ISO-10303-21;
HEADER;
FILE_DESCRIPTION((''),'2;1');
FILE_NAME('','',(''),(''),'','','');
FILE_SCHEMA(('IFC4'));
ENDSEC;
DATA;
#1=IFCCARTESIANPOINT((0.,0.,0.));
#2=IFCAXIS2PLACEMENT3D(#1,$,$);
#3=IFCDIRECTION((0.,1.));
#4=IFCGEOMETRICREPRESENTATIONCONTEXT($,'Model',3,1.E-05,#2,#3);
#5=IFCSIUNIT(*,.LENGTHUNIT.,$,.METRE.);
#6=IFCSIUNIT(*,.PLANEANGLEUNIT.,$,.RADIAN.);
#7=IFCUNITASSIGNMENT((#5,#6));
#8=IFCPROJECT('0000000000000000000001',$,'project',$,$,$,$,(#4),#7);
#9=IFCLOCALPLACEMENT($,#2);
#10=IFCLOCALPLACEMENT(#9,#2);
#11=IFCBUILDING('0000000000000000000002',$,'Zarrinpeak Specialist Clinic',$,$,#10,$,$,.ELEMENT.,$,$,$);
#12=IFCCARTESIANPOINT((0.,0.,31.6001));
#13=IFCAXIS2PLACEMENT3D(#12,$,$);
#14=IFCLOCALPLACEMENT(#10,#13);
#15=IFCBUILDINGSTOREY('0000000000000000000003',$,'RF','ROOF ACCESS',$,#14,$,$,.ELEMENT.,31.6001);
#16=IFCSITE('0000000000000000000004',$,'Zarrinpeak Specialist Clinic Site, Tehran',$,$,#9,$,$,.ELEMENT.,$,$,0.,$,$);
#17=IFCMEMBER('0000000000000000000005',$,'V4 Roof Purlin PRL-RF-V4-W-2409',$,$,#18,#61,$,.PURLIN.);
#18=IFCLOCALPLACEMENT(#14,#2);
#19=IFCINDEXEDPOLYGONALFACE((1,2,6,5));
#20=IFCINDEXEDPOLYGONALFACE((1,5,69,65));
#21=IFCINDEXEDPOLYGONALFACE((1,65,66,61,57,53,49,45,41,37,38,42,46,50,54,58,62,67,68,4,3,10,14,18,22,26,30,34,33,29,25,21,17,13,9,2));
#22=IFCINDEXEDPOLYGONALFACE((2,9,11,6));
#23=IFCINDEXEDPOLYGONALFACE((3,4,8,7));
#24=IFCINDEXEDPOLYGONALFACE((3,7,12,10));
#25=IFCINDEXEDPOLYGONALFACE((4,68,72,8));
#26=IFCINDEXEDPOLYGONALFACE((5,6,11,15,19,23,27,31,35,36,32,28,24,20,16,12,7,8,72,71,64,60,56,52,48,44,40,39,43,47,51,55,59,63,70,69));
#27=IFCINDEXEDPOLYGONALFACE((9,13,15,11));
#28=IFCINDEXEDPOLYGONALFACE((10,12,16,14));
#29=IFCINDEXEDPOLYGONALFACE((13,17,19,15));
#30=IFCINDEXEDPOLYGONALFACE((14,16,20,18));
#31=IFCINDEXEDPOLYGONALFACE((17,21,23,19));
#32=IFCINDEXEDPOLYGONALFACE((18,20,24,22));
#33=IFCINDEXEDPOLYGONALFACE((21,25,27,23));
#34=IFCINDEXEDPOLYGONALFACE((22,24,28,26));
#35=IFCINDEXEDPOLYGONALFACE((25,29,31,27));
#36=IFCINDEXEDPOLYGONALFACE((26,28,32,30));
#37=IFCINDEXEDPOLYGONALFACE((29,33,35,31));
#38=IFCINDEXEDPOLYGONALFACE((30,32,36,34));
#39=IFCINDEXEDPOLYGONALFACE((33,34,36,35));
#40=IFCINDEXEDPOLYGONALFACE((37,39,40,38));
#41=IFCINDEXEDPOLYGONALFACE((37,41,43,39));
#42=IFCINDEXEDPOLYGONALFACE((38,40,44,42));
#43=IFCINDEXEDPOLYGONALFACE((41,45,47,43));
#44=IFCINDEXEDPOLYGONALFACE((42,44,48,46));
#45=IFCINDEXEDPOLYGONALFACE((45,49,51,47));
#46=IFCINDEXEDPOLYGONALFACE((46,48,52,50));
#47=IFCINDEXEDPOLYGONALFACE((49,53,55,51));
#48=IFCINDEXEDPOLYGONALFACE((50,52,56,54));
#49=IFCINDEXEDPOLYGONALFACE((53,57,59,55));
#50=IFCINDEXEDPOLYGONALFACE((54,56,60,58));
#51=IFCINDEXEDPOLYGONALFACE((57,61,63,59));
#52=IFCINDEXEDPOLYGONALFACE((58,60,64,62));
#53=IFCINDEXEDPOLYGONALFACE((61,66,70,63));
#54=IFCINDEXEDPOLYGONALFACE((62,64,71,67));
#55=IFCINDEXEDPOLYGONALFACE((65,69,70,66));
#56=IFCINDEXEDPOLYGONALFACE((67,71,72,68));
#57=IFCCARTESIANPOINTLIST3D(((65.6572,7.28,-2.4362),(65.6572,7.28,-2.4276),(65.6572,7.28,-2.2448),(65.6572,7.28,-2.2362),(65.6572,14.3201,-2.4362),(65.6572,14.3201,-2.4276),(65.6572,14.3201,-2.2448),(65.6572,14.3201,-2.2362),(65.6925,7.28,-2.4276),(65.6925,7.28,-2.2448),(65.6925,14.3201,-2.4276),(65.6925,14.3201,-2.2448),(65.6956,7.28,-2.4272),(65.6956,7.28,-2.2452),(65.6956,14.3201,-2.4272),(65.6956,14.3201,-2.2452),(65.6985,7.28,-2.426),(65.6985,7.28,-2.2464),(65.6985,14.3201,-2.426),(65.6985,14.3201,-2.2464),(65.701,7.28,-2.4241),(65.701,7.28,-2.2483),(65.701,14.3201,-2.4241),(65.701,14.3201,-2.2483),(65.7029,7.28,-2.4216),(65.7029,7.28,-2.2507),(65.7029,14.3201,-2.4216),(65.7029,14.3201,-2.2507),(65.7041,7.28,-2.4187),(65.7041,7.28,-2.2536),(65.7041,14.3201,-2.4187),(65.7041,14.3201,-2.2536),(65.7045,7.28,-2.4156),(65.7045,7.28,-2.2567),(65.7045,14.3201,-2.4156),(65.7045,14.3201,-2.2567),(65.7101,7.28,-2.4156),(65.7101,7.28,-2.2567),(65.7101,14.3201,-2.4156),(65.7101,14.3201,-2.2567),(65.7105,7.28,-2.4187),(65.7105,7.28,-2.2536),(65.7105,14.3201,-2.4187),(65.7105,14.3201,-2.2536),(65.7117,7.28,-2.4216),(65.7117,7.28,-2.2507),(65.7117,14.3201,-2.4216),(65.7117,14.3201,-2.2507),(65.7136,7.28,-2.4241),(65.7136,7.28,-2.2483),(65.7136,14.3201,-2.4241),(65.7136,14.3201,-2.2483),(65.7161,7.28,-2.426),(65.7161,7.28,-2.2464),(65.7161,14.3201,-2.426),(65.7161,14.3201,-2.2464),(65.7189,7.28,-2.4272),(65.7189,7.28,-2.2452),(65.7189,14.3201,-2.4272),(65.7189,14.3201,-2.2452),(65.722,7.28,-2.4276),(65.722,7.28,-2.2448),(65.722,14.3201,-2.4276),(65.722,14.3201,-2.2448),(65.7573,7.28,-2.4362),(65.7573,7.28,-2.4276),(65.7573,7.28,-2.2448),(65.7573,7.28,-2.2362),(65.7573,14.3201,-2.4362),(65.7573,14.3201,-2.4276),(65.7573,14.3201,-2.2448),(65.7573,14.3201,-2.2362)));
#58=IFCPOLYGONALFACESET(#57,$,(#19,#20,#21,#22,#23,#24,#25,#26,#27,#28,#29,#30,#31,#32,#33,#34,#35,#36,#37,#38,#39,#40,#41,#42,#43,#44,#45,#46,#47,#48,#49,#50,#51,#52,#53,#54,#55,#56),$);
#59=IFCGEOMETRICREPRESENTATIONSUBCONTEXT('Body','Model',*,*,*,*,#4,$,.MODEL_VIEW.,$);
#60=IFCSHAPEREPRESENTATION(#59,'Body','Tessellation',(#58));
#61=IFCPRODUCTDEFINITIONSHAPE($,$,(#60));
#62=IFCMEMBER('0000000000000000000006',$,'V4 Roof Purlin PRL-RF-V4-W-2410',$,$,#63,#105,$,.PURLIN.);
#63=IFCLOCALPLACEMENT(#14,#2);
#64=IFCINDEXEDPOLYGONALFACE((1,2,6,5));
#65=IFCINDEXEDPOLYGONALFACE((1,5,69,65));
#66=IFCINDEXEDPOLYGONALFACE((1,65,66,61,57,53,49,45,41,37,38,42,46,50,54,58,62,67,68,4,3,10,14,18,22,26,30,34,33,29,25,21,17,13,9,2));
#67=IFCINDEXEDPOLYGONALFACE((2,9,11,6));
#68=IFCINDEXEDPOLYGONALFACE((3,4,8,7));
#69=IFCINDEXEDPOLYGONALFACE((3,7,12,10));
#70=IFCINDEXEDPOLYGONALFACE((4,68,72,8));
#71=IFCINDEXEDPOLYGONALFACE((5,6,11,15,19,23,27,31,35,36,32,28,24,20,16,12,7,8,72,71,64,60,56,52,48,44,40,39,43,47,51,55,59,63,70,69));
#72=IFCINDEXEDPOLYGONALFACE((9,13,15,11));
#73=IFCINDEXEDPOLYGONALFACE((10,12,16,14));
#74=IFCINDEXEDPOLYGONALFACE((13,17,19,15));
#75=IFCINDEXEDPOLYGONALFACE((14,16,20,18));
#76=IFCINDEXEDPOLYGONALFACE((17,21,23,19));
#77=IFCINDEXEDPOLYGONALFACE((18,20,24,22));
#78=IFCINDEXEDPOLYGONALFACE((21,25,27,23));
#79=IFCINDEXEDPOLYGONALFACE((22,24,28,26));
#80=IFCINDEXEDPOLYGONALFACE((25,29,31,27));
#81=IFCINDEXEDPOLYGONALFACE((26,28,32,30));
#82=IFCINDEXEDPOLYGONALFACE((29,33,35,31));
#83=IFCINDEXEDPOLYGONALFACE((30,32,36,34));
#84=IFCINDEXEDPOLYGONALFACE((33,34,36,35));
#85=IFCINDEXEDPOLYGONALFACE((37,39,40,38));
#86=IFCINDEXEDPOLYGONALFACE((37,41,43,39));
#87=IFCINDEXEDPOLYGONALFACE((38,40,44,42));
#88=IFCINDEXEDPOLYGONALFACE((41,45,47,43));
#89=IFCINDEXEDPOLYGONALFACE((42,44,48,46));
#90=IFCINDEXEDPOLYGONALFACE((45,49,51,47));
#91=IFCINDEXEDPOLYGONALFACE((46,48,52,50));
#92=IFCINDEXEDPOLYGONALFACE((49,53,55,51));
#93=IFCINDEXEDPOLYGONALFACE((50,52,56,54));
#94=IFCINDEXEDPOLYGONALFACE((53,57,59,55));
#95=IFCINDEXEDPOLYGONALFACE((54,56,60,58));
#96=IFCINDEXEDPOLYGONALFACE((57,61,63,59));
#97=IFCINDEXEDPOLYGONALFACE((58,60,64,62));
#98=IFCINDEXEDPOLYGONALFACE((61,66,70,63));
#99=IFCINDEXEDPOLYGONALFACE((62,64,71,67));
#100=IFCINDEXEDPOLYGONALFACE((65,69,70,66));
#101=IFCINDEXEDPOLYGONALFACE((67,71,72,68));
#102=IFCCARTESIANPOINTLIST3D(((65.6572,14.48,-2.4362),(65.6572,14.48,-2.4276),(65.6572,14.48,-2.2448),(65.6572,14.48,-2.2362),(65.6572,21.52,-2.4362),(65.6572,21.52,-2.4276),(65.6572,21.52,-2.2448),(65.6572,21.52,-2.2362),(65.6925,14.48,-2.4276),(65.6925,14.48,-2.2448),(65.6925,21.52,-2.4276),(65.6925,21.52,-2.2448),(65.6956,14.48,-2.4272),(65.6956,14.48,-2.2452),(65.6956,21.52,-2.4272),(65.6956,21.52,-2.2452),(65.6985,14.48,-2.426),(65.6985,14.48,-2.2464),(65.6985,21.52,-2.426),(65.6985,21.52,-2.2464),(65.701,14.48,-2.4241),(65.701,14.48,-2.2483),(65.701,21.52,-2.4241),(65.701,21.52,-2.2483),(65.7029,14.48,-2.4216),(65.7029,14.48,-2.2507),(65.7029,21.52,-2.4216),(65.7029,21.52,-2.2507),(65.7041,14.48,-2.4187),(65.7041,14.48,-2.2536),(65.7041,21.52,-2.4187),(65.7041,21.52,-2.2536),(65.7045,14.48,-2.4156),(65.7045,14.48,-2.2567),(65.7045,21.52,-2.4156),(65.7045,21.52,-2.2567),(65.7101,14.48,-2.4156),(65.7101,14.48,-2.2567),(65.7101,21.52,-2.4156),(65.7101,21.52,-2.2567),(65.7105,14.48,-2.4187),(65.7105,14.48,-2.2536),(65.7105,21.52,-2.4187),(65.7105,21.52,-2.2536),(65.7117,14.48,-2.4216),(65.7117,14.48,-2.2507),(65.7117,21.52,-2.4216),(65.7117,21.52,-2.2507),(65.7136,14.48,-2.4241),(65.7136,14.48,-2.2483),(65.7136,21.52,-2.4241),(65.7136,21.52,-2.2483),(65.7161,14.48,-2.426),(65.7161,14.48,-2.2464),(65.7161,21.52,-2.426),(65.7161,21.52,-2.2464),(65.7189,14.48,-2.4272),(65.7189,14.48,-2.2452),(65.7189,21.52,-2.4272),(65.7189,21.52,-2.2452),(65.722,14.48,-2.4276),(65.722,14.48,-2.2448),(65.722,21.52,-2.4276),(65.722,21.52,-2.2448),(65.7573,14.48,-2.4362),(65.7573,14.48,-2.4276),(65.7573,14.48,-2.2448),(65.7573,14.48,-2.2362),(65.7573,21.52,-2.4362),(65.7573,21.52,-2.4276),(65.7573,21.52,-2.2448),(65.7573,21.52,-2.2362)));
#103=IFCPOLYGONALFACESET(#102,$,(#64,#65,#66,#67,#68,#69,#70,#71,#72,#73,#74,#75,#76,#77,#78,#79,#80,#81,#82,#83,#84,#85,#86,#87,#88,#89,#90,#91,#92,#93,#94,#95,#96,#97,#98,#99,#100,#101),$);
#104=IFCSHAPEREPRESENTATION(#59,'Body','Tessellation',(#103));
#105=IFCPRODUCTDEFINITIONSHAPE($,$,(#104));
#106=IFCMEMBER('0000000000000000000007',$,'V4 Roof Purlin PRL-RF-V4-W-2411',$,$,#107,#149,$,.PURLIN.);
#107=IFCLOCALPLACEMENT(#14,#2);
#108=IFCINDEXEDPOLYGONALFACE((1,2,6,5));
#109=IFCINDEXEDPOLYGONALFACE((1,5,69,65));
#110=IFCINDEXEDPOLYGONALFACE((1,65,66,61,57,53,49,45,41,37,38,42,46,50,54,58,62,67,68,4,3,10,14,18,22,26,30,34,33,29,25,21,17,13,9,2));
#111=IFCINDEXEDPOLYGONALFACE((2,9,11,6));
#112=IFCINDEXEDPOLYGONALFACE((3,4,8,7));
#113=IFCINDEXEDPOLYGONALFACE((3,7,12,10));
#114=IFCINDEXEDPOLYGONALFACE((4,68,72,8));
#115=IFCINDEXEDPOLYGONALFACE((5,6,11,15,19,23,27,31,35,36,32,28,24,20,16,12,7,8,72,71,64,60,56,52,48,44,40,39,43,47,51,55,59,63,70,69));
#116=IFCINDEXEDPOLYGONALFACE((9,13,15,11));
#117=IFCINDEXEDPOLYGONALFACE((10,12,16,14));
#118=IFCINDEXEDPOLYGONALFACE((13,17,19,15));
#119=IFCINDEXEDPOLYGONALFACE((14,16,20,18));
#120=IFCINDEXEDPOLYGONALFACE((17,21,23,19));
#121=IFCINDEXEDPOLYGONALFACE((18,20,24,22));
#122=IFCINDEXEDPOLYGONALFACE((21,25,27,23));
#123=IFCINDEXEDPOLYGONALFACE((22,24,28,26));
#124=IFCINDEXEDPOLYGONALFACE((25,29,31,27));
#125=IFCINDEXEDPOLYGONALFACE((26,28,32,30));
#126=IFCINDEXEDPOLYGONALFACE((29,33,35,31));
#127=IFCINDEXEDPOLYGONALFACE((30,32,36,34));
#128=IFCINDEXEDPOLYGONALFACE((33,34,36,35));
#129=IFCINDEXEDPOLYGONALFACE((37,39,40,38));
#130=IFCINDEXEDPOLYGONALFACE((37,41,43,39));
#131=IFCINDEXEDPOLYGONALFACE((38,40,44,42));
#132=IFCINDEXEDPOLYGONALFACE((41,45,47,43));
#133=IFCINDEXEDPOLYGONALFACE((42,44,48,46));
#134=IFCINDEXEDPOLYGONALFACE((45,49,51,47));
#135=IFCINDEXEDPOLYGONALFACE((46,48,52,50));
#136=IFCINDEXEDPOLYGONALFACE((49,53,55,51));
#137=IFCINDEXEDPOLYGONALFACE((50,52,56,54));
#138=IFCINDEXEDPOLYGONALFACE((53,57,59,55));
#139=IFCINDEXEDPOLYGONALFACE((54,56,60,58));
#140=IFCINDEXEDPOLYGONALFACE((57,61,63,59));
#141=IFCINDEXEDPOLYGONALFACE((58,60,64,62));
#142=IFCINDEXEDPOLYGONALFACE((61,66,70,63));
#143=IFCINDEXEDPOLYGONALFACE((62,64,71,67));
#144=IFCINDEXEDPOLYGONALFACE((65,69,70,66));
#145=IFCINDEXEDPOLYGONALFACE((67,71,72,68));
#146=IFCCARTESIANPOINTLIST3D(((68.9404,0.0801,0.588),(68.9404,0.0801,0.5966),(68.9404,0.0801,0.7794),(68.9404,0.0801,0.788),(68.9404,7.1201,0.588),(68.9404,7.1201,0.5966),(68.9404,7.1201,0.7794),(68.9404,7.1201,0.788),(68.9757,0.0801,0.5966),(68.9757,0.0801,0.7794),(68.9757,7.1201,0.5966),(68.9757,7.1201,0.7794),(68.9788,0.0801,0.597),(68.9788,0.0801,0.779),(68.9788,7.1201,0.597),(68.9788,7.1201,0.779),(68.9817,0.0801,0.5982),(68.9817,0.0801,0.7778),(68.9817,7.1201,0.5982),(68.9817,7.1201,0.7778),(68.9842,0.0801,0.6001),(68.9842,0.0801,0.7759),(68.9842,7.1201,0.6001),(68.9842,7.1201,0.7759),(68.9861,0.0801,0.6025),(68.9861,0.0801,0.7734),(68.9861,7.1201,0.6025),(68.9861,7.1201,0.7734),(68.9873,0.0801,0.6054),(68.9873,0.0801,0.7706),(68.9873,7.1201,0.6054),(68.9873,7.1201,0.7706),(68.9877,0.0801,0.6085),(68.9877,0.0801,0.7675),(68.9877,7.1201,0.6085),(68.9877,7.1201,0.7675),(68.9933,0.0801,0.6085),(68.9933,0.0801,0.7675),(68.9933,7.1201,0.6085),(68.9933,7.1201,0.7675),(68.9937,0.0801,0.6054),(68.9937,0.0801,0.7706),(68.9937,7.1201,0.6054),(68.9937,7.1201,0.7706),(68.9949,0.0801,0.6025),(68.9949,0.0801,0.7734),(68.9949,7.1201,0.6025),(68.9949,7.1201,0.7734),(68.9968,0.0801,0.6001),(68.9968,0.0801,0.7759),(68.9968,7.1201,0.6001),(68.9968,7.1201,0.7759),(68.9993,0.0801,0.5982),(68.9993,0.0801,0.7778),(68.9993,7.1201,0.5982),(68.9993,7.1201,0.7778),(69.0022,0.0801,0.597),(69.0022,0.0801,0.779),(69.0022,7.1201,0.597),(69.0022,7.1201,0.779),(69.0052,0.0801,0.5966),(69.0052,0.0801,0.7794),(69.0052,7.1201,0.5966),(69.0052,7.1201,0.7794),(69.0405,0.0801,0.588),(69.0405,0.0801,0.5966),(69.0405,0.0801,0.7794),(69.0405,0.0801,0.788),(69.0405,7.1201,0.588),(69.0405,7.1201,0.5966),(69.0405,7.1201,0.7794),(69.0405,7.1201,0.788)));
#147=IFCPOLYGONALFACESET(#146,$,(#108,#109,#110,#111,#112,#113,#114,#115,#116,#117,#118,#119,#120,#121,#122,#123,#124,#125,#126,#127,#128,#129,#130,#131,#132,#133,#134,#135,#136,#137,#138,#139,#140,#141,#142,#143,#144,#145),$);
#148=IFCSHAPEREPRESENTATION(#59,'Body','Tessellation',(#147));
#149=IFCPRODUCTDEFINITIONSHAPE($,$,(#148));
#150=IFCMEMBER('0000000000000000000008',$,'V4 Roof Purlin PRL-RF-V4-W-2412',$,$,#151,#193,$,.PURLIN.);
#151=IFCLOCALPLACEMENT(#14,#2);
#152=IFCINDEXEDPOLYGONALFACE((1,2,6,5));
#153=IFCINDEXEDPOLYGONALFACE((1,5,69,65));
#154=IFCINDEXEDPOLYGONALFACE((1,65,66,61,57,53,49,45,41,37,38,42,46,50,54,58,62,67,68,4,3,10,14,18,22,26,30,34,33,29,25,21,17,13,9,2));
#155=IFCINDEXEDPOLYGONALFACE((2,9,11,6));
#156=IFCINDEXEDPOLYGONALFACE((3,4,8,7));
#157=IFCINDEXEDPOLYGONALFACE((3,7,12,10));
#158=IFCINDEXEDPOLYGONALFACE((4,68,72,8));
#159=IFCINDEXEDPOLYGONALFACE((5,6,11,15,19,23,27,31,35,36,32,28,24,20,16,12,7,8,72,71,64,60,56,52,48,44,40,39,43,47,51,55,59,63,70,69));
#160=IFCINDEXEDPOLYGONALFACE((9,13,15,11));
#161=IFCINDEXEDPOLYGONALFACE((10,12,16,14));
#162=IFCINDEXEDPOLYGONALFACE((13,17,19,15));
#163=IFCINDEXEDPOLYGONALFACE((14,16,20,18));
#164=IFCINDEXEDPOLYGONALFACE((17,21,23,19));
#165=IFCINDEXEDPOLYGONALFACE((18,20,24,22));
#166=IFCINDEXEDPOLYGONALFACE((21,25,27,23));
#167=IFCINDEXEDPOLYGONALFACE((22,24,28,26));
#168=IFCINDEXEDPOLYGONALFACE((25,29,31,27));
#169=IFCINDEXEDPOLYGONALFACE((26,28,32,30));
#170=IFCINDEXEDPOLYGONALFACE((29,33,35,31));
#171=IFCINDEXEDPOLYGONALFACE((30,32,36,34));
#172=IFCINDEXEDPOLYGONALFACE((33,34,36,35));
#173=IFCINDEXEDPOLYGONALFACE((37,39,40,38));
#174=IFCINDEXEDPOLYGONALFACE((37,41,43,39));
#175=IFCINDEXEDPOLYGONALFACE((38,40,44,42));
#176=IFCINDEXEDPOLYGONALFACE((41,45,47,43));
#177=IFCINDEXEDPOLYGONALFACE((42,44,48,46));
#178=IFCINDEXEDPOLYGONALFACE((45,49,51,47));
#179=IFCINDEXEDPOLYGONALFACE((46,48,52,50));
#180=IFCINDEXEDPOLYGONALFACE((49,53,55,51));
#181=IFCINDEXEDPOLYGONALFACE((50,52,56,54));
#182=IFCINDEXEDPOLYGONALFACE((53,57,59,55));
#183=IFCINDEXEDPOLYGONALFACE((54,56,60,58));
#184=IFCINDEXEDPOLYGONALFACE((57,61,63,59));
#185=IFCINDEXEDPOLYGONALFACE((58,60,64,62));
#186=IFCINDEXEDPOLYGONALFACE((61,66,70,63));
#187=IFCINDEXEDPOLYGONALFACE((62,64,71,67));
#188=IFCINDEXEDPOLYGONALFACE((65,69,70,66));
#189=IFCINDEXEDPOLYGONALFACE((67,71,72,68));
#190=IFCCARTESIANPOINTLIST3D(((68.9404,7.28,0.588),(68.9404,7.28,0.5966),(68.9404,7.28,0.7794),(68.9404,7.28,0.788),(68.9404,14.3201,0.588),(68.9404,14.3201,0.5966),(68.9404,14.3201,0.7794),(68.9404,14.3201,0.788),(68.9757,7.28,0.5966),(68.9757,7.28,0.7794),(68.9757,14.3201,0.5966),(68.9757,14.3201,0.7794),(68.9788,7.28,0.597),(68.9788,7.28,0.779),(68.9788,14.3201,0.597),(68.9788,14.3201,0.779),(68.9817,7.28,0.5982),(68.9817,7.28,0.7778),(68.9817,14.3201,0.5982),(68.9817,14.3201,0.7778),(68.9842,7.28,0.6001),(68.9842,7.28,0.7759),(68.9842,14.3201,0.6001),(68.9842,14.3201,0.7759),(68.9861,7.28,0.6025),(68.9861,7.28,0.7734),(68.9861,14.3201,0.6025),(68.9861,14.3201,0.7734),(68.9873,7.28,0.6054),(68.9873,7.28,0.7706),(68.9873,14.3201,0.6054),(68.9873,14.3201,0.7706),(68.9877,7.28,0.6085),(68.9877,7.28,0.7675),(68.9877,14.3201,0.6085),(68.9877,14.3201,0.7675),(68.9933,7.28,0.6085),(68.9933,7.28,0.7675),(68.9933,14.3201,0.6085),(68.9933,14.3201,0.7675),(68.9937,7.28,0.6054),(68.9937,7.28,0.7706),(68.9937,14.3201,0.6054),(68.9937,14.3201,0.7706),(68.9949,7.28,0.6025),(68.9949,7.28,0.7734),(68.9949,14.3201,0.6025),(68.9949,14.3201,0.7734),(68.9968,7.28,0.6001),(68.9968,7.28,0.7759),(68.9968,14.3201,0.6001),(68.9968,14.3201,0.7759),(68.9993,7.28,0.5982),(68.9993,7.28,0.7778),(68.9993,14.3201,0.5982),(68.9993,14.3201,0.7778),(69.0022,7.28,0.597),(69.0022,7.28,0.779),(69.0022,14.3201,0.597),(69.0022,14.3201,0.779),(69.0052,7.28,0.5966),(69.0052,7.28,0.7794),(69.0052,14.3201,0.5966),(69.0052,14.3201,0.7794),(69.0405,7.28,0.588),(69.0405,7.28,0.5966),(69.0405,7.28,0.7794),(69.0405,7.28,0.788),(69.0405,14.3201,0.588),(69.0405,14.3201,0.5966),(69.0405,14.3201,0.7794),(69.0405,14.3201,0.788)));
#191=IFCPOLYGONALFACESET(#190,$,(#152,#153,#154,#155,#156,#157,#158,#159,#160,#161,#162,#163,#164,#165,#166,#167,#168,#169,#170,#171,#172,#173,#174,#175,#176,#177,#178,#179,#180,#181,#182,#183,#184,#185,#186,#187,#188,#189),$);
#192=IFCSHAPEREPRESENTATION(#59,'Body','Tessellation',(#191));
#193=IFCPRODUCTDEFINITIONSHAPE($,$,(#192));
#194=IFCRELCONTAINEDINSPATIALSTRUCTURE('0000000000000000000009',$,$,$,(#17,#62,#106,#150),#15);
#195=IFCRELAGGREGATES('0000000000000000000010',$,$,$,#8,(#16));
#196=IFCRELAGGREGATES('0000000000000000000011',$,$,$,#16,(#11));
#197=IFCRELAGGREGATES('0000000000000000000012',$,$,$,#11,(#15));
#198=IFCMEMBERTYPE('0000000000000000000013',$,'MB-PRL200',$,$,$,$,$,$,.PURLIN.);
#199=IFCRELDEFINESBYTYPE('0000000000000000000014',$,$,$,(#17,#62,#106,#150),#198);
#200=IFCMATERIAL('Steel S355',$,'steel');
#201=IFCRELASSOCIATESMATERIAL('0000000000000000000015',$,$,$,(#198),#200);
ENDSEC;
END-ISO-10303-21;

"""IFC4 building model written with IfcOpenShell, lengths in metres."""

from ifc_helpers import new_model, si_unit, direction, frame, origin, origin_2d, place, context, subcontext, project, spatial, i_section, extrude, material, material_profile, profile_set, type_object, element, save


model = new_model("IFC4")

# Units and contexts
model_context = context("Model", 3, precision=1e-05, world=origin(), true_north=direction((0.0, 1.0)))
body_context = subcontext(model_context, "Body", "Model", "MODEL_VIEW")
ifc_project = project(units=[si_unit("LENGTHUNIT", "METRE"), si_unit("PLANEANGLEUNIT", "RADIAN")], contexts=[model_context])

# Site, building, storey
site_placement = place(None, origin())
site = spatial("IfcSite", under=ifc_project, at=site_placement, Name="Zarrinpeak Specialist Clinic Site, Tehran", CompositionType="ELEMENT", RefElevation=0.0)
building_placement = place(site_placement, origin())
building = spatial("IfcBuilding", under=site, at=building_placement, Name="Zarrinpeak Specialist Clinic", CompositionType="ELEMENT")
storey_placement = place(building_placement, frame((0.0, 0.0, 31.6001)))
storey = spatial("IfcBuildingStorey", under=building, at=storey_placement, Name="RF", Description="ROOF ACCESS", CompositionType="ELEMENT", Elevation=31.6001)

# Shared definitions
ifc_material_1 = material(Name="Steel S355", Category="steel")

# Members
ifc_material_profile_1 = material_profile(ifc_material_1, i_section(OverallWidth=0.1001, OverallDepth=0.2, WebThickness=0.0056, FlangeThickness=0.0085, FilletRadius=0.012, at=origin_2d()), Name="IPE 200")
ifc_profile_set_1 = profile_set([ifc_material_profile_1], Name="Steel S355")
member_type_1 = type_object("IfcMemberType", Name="MB-PRL200", PredefinedType="PURLIN", material=ifc_profile_set_1)
for number, where, z_axis, x_axis, name in (
    (1, (65.7073, 7.28, -2.3362), (0.0, 1.0, 0.0), (-1.0, 0.0, 0.0), "V4 Roof Purlin PRL-RF-V4-W-2409"),
    (2, (65.7073, 14.48, -2.3362), (0.0, 1.0, 0.0), (-1.0, 0.0, 0.0), "V4 Roof Purlin PRL-RF-V4-W-2410"),
    (3, (68.9905, 0.0801, 0.688), (0.0, 1.0, 0.0), (-1.0, 0.0, 0.0), "V4 Roof Purlin PRL-RF-V4-W-2411"),
    (4, (68.9905, 7.28, 0.688), (0.0, 1.0, 0.0), (-1.0, 0.0, 0.0), "V4 Roof Purlin PRL-RF-V4-W-2412"),
):
    element("IfcMember", number, at=place(storey_placement, frame(where, z_axis=z_axis, x_axis=x_axis)), inside=storey, type_object=member_type_1, Name=name, PredefinedType="PURLIN", context=body_context, shape_type="SweptSolid", body=[
        extrude(i_section(OverallWidth=0.1001, OverallDepth=0.2, WebThickness=0.0056, FlangeThickness=0.0085, FilletRadius=0.012, at=origin_2d()), origin(), (0.0, 0.0, 1.0), 7.04),
    ])

save(model, "model.ifc")
